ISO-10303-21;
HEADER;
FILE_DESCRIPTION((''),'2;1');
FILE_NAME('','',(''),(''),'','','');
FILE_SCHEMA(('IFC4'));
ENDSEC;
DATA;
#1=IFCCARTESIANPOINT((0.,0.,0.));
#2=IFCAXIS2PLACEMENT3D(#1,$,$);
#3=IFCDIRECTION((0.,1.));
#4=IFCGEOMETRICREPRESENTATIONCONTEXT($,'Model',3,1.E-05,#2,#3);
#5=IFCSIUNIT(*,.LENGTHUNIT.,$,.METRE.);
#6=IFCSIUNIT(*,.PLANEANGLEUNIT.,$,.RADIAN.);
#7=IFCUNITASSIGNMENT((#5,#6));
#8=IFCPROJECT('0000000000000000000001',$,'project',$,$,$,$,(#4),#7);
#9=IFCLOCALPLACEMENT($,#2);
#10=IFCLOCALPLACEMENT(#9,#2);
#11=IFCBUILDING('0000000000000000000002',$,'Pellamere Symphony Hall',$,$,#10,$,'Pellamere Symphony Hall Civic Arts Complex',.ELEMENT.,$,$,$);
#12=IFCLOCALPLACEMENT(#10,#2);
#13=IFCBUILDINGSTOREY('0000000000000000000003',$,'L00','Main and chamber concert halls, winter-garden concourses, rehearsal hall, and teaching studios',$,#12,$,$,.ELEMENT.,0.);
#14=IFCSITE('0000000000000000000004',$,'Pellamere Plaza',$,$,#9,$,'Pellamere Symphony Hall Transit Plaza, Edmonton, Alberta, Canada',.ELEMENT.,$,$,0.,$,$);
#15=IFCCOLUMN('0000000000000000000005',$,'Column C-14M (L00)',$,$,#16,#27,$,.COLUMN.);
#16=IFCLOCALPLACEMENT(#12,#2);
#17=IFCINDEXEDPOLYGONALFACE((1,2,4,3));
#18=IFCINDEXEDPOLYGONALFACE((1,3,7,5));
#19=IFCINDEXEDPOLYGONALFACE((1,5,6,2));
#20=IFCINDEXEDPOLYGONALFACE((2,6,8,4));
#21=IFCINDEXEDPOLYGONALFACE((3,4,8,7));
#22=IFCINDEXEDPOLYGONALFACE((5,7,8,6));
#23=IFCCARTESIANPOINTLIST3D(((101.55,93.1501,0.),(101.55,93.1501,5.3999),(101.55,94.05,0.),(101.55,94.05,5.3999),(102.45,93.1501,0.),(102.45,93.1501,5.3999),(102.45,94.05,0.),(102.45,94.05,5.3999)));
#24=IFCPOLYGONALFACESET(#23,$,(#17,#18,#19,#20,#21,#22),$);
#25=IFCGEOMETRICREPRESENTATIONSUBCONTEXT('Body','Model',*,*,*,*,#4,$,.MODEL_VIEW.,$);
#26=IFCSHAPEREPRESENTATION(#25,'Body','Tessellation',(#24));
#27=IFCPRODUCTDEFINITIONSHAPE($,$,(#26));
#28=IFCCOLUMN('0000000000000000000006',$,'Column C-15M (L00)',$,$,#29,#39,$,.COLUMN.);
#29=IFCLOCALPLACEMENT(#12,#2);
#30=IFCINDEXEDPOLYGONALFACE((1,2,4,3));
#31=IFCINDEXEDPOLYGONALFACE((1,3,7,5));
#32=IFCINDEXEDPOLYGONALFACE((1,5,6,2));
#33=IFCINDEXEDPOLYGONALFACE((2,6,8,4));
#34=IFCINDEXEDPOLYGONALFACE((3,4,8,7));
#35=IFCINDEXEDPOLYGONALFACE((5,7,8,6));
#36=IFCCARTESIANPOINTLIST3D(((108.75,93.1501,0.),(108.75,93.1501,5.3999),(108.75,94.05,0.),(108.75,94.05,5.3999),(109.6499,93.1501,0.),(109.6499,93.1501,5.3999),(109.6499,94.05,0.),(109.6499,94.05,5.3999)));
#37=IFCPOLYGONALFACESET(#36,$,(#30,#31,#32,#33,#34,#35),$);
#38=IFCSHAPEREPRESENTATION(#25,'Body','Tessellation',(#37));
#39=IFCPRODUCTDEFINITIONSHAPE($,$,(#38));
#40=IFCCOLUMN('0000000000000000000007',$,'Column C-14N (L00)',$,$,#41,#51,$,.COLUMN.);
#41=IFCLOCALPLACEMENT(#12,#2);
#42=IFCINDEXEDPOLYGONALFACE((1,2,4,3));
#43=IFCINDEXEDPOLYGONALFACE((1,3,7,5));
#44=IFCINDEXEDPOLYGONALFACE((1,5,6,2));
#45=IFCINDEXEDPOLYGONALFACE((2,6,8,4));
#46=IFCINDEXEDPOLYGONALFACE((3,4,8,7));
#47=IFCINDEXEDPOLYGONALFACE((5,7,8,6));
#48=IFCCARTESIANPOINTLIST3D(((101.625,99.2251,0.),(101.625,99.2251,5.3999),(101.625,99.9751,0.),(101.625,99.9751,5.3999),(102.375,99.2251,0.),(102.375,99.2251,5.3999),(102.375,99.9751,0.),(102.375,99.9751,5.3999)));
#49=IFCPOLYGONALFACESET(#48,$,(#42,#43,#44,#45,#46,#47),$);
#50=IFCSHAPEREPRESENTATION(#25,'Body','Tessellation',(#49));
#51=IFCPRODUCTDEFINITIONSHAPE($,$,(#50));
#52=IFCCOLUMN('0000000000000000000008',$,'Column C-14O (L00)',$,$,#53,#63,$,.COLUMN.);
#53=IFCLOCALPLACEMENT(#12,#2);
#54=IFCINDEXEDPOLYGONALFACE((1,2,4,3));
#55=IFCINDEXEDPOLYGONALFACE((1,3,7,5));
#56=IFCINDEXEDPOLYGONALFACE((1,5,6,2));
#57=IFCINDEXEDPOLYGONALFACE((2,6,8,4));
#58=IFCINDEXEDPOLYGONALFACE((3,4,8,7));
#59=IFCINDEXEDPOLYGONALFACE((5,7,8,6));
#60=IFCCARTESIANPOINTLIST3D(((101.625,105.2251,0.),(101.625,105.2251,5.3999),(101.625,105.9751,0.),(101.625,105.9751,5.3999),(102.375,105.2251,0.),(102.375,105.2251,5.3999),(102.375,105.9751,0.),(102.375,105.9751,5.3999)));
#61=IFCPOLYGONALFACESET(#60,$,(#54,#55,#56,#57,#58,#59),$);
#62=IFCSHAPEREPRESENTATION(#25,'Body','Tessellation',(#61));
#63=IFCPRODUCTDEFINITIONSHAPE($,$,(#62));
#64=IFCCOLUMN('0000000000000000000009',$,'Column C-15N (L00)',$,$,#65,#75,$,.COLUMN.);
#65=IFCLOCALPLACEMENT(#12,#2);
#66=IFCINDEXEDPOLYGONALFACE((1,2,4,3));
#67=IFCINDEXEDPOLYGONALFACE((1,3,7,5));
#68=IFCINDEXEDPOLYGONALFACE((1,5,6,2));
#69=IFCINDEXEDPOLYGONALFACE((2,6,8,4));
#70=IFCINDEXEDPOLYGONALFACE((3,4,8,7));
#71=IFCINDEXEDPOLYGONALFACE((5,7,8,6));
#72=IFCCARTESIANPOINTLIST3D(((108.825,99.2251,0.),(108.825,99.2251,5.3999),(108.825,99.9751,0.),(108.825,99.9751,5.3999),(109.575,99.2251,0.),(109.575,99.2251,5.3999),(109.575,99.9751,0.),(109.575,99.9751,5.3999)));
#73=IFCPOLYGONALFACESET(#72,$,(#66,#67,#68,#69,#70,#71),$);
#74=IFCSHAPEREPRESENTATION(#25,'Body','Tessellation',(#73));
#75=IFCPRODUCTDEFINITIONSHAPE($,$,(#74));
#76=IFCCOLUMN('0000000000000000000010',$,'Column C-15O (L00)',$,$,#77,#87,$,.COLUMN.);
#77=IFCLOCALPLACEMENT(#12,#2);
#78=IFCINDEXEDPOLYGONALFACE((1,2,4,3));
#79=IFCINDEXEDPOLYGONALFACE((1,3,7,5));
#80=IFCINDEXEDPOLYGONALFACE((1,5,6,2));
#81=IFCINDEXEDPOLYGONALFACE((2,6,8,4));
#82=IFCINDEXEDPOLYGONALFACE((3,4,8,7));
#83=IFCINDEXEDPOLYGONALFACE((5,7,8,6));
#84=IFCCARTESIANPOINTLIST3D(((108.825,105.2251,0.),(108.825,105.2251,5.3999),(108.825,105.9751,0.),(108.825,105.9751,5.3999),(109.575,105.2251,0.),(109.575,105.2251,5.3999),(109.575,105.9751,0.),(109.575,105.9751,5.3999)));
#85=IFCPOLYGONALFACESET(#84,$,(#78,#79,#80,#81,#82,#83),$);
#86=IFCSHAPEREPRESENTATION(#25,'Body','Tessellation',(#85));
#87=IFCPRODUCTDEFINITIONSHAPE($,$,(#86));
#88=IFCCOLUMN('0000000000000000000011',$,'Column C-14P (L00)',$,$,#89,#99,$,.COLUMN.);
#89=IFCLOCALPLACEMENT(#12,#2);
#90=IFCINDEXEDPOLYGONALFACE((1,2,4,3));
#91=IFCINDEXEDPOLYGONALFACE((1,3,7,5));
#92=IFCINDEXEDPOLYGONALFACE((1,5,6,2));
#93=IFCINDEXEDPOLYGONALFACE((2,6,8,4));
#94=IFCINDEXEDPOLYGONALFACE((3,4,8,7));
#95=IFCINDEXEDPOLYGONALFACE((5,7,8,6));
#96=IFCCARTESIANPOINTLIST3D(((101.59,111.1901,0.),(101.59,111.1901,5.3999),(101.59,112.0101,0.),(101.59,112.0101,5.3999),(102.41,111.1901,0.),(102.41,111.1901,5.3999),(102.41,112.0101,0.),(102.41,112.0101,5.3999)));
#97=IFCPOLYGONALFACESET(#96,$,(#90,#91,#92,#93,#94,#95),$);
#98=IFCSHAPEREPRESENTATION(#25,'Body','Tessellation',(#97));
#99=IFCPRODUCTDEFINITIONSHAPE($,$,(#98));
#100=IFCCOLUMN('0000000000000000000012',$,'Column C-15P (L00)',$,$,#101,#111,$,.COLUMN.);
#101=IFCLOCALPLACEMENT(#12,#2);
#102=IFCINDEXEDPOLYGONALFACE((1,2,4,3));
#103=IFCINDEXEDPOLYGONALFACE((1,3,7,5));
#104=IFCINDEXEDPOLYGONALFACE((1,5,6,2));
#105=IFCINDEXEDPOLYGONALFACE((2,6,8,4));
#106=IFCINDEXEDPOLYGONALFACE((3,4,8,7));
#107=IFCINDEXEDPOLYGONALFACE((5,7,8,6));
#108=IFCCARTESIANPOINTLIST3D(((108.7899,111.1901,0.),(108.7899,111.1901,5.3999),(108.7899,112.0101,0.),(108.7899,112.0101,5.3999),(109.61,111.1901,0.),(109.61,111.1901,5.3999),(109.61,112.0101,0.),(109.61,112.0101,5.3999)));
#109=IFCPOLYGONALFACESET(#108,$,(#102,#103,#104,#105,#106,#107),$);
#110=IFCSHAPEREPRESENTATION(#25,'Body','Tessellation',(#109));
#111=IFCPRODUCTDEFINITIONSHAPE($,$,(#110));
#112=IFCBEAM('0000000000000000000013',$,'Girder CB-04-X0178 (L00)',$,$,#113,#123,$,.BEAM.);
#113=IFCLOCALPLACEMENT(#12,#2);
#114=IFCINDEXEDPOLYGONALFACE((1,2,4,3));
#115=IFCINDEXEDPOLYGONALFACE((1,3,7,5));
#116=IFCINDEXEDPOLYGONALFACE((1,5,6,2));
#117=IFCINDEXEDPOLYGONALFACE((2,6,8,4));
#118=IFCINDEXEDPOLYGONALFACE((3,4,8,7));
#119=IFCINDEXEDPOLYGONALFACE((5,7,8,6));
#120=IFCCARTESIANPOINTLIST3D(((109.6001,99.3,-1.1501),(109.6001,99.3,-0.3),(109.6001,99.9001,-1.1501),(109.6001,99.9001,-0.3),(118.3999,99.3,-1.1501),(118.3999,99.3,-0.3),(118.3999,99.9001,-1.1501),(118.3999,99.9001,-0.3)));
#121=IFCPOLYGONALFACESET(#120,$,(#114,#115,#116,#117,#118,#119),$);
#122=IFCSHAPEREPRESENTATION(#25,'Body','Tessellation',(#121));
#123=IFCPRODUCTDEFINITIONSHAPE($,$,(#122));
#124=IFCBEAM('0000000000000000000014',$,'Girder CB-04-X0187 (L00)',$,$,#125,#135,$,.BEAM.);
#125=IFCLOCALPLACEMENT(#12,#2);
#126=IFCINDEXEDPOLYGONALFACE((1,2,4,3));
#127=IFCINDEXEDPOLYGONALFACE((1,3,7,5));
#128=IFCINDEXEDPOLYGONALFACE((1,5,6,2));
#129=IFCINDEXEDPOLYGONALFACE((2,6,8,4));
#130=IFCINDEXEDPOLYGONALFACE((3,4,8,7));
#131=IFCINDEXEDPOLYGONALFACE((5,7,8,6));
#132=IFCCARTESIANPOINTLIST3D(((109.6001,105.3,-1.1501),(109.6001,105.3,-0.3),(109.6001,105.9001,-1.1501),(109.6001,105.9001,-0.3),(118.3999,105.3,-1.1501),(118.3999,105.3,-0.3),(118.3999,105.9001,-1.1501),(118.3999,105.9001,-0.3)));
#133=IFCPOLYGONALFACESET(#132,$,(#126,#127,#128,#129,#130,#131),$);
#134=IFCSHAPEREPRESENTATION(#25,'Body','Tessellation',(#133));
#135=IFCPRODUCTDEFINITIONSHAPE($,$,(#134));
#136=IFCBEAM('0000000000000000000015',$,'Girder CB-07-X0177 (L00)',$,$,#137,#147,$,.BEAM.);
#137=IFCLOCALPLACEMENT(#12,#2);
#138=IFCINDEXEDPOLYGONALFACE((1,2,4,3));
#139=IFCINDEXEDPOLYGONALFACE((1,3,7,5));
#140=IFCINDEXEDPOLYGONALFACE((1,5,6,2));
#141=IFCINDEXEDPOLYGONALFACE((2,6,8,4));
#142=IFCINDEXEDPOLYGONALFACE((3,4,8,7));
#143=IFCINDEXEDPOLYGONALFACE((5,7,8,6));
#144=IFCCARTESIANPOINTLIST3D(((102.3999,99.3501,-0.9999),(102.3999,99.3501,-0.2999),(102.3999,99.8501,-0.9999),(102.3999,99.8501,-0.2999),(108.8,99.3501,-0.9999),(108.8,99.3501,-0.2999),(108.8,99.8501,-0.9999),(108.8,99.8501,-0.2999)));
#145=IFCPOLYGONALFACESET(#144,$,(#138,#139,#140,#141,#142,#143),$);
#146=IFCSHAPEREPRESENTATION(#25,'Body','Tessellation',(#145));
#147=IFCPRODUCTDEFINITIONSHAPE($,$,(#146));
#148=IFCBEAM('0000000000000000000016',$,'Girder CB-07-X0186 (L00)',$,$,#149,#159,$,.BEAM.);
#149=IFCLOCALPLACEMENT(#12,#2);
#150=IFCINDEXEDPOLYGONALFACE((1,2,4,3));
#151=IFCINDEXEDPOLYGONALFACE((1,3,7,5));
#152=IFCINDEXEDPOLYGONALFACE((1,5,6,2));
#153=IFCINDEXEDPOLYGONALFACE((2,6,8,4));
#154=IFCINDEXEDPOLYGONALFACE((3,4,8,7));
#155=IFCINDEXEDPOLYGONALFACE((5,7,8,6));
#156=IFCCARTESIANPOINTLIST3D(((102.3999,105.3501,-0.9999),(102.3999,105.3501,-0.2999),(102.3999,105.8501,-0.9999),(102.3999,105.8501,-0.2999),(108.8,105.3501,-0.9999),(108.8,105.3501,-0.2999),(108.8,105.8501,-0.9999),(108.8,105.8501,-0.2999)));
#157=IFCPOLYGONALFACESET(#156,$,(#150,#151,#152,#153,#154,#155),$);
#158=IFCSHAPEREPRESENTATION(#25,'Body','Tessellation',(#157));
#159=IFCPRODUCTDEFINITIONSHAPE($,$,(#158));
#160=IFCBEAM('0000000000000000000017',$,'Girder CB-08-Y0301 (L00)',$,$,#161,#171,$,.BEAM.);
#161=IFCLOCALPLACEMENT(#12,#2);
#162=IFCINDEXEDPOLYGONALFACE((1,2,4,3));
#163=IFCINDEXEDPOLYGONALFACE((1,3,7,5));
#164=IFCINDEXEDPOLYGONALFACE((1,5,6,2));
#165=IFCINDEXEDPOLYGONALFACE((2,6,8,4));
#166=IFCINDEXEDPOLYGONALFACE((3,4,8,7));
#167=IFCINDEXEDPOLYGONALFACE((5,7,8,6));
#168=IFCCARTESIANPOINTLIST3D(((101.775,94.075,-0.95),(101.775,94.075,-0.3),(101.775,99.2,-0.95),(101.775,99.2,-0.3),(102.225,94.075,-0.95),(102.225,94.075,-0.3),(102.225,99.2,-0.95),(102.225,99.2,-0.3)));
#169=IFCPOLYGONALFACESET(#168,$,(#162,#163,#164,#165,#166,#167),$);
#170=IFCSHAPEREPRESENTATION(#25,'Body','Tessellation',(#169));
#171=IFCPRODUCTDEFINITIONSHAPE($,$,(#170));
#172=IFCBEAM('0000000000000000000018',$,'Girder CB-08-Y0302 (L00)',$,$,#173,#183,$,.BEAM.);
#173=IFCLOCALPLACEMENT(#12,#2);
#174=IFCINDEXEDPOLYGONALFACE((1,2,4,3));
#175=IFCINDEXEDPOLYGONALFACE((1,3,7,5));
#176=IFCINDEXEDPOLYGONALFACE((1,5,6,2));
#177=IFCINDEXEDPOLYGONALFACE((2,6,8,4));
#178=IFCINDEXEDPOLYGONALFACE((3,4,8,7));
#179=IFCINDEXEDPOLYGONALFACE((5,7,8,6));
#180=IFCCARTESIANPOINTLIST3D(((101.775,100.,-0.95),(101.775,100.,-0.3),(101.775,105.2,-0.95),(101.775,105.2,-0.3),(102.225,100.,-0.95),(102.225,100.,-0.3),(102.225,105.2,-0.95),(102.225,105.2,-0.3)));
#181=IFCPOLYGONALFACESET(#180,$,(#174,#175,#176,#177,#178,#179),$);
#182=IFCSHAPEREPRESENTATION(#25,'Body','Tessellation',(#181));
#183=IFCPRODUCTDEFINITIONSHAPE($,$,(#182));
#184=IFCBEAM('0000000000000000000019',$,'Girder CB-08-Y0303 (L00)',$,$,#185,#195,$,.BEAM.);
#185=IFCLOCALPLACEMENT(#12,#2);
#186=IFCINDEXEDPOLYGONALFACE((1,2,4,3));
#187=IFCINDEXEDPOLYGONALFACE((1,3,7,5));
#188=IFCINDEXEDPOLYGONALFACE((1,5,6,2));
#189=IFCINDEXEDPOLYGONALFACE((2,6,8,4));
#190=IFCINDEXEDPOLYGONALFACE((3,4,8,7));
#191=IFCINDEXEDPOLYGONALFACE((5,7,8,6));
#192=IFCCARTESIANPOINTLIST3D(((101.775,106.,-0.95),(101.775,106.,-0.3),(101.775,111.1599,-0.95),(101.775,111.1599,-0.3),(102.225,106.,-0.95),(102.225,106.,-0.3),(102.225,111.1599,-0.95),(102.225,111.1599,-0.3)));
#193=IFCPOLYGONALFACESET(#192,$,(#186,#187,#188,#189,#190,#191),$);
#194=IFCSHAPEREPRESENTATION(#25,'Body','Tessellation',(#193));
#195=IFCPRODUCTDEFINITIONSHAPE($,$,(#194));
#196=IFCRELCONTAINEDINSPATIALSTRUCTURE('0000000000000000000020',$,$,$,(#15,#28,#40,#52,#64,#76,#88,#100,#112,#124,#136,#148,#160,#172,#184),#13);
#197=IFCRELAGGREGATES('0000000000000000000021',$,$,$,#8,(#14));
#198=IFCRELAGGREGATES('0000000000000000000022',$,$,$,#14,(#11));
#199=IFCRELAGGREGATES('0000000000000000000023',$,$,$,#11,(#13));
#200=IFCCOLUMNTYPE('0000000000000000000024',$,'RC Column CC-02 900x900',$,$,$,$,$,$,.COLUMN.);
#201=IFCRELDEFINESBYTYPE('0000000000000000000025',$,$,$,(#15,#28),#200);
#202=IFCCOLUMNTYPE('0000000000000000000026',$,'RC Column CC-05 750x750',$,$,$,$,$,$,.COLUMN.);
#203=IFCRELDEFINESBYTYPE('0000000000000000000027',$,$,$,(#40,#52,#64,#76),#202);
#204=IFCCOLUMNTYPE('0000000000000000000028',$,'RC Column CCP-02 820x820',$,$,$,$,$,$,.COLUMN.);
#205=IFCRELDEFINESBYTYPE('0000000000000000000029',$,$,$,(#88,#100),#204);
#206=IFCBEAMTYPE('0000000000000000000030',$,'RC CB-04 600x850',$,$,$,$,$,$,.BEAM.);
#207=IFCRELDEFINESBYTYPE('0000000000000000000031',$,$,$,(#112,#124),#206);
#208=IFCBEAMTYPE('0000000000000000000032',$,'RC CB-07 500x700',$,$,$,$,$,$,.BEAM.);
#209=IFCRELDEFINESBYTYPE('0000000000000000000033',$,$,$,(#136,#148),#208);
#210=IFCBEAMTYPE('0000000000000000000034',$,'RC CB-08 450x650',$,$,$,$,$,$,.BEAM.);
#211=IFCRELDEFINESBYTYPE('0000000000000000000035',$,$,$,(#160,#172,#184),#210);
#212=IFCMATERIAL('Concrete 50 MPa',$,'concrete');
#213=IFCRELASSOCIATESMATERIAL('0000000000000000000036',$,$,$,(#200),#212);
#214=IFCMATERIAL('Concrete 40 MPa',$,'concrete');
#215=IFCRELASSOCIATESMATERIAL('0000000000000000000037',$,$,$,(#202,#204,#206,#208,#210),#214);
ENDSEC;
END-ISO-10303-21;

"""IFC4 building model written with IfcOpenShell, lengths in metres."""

from ifc_helpers import new_model, si_unit, direction, frame, origin, origin_2d, place, context, subcontext, project, spatial, rectangle, extrude, material, material_profile, profile_set, type_object, element, save


model = new_model("IFC4")

# Units and contexts
model_context = context("Model", 3, precision=1e-05, world=origin(), true_north=direction((0.0, 1.0)))
body_context = subcontext(model_context, "Body", "Model", "MODEL_VIEW")
ifc_project = project(units=[si_unit("LENGTHUNIT", "METRE"), si_unit("PLANEANGLEUNIT", "RADIAN")], contexts=[model_context])

# Site, building, storey
site_placement = place(None, origin())
site = spatial("IfcSite", under=ifc_project, at=site_placement, Name="Pellamere Plaza", LongName="Pellamere Symphony Hall Transit Plaza, Edmonton, Alberta, Canada", CompositionType="ELEMENT", RefElevation=0.0)
building_placement = place(site_placement, origin())
building = spatial("IfcBuilding", under=site, at=building_placement, Name="Pellamere Symphony Hall", LongName="Pellamere Symphony Hall Civic Arts Complex", CompositionType="ELEMENT")
storey_placement = place(building_placement, origin())
storey = spatial("IfcBuildingStorey", under=building, at=storey_placement, Name="L00", Description="Main and chamber concert halls, winter-garden concourses, rehearsal hall, and teaching studios", CompositionType="ELEMENT", Elevation=0.0)

# Columns
ifc_material_1 = material(Name="Concrete 50 MPa", Category="concrete")
ifc_material_profile_1 = material_profile(ifc_material_1, rectangle(XDim=0.8999, YDim=0.8999, at=origin_2d()), Name="RC 900x900")
ifc_profile_set_1 = profile_set([ifc_material_profile_1], Name="Concrete 50 MPa")
column_type_1 = type_object("IfcColumnType", Name="RC Column CC-02 900x900", PredefinedType="COLUMN", material=ifc_profile_set_1)
for number, where, z_axis, x_axis, name in (
    (1, (102.0, 93.6001, 0.0), (0.0, 0.0, 1.0), (1.0, 0.0, 0.0), "Column C-14M (L00)"),
    (2, (109.2, 93.6001, 0.0), (0.0, 0.0, 1.0), (1.0, 0.0, 0.0), "Column C-15M (L00)"),
):
    element("IfcColumn", number, at=place(storey_placement, frame(where, z_axis=z_axis, x_axis=x_axis)), inside=storey, type_object=column_type_1, Name=name, PredefinedType="COLUMN", context=body_context, shape_type="SweptSolid", body=[
        extrude(rectangle(XDim=0.8999, YDim=0.8999, at=origin_2d()), origin(), (0.0, 0.0, 1.0), 5.3999),
    ])
ifc_material_2 = material(Name="Concrete 40 MPa", Category="concrete")
ifc_material_profile_2 = material_profile(ifc_material_2, rectangle(XDim=0.75, YDim=0.75, at=origin_2d()), Name="RC 750x750")
ifc_profile_set_2 = profile_set([ifc_material_profile_2], Name="Concrete 40 MPa")
column_type_2 = type_object("IfcColumnType", Name="RC Column CC-05 750x750", PredefinedType="COLUMN", material=ifc_profile_set_2)
for number, where, z_axis, x_axis, name in (
    (3, (102.0, 99.6001, 0.0), (0.0, 0.0, 1.0), (1.0, 0.0, 0.0), "Column C-14N (L00)"),
    (4, (102.0, 105.6001, 0.0), (0.0, 0.0, 1.0), (1.0, 0.0, 0.0), "Column C-14O (L00)"),
    (5, (109.2, 99.6001, 0.0), (0.0, 0.0, 1.0), (1.0, 0.0, 0.0), "Column C-15N (L00)"),
    (6, (109.2, 105.6001, 0.0), (0.0, 0.0, 1.0), (1.0, 0.0, 0.0), "Column C-15O (L00)"),
):
    element("IfcColumn", number, at=place(storey_placement, frame(where, z_axis=z_axis, x_axis=x_axis)), inside=storey, type_object=column_type_2, Name=name, PredefinedType="COLUMN", context=body_context, shape_type="SweptSolid", body=[
        extrude(rectangle(XDim=0.75, YDim=0.75, at=origin_2d()), origin(), (0.0, 0.0, 1.0), 5.3999),
    ])
ifc_material_profile_3 = material_profile(ifc_material_2, rectangle(XDim=0.8201, YDim=0.8201, at=origin_2d()), Name="RC 820x820")
ifc_profile_set_3 = profile_set([ifc_material_profile_3], Name="Concrete 40 MPa")
column_type_3 = type_object("IfcColumnType", Name="RC Column CCP-02 820x820", PredefinedType="COLUMN", material=ifc_profile_set_3)
for number, where, z_axis, x_axis, name in (
    (7, (102.0, 111.6001, 0.0), (0.0, 0.0, 1.0), (1.0, 0.0, 0.0), "Column C-14P (L00)"),
    (8, (109.2, 111.6001, 0.0), (0.0, 0.0, 1.0), (1.0, 0.0, 0.0), "Column C-15P (L00)"),
):
    element("IfcColumn", number, at=place(storey_placement, frame(where, z_axis=z_axis, x_axis=x_axis)), inside=storey, type_object=column_type_3, Name=name, PredefinedType="COLUMN", context=body_context, shape_type="SweptSolid", body=[
        extrude(rectangle(XDim=0.8201, YDim=0.8201, at=origin_2d()), origin(), (0.0, 0.0, 1.0), 5.3999),
    ])

# Beams
ifc_material_profile_4 = material_profile(ifc_material_2, rectangle(XDim=0.6001, YDim=0.8501, at=origin_2d()), Name="RC 600x850")
ifc_profile_set_4 = profile_set([ifc_material_profile_4], Name="Concrete 40 MPa")
beam_type_1 = type_object("IfcBeamType", Name="RC CB-04 600x850", PredefinedType="BEAM", material=ifc_profile_set_4)
for number, where, z_axis, x_axis, name in (
    (9, (109.6001, 99.6001, -0.7251), (1.0, 0.0, 0.0), (0.0, 1.0, 0.0), "Girder CB-04-X0178 (L00)"),
    (10, (109.6001, 105.6001, -0.7251), (1.0, 0.0, 0.0), (0.0, 1.0, 0.0), "Girder CB-04-X0187 (L00)"),
):
    element("IfcBeam", number, at=place(storey_placement, frame(where, z_axis=z_axis, x_axis=x_axis)), inside=storey, type_object=beam_type_1, Name=name, PredefinedType="BEAM", context=body_context, shape_type="SweptSolid", body=[
        extrude(rectangle(XDim=0.6001, YDim=0.8501, at=origin_2d()), origin(), (0.0, 0.0, 1.0), 8.7998),
    ])
ifc_material_profile_5 = material_profile(ifc_material_2, rectangle(XDim=0.5, YDim=0.7, at=origin_2d()), Name="RC 500x700")
ifc_profile_set_5 = profile_set([ifc_material_profile_5], Name="Concrete 40 MPa")
beam_type_2 = type_object("IfcBeamType", Name="RC CB-07 500x700", PredefinedType="BEAM", material=ifc_profile_set_5)
for number, where, z_axis, x_axis, name in (
    (11, (102.3999, 99.6001, -0.6499), (1.0, 0.0, 0.0), (0.0, 1.0, 0.0), "Girder CB-07-X0177 (L00)"),
    (12, (102.3999, 105.6001, -0.6499), (1.0, 0.0, 0.0), (0.0, 1.0, 0.0), "Girder CB-07-X0186 (L00)"),
):
    element("IfcBeam", number, at=place(storey_placement, frame(where, z_axis=z_axis, x_axis=x_axis)), inside=storey, type_object=beam_type_2, Name=name, PredefinedType="BEAM", context=body_context, shape_type="SweptSolid", body=[
        extrude(rectangle(XDim=0.5, YDim=0.7, at=origin_2d()), origin(), (0.0, 0.0, 1.0), 6.4001),
    ])
ifc_material_profile_6 = material_profile(ifc_material_2, rectangle(XDim=0.45, YDim=0.6499, at=origin_2d()), Name="RC 450x650")
ifc_profile_set_6 = profile_set([ifc_material_profile_6], Name="Concrete 40 MPa")
beam_type_3 = type_object("IfcBeamType", Name="RC CB-08 450x650", PredefinedType="BEAM", material=ifc_profile_set_6)
beam_1_placement = place(storey_placement, frame((102.0, 94.075, -0.625), z_axis=(0.0, 1.0, 0.0), x_axis=(-1.0, 0.0, 0.0)))
element("IfcBeam", 13, at=beam_1_placement, inside=storey, type_object=beam_type_3, Name="Girder CB-08-Y0301 (L00)", PredefinedType="BEAM", context=body_context, shape_type="SweptSolid", body=[
    extrude(rectangle(XDim=0.45, YDim=0.6499, at=origin_2d()), origin(), (0.0, 0.0, 1.0), 5.125),
])
beam_2_placement = place(storey_placement, frame((102.0, 100.0, -0.625), z_axis=(0.0, 1.0, 0.0), x_axis=(-1.0, 0.0, 0.0)))
element("IfcBeam", 14, at=beam_2_placement, inside=storey, type_object=beam_type_3, Name="Girder CB-08-Y0302 (L00)", PredefinedType="BEAM", context=body_context, shape_type="SweptSolid", body=[
    extrude(rectangle(XDim=0.45, YDim=0.6499, at=origin_2d()), origin(), (0.0, 0.0, 1.0), 5.2),
])
beam_3_placement = place(storey_placement, frame((102.0, 106.0, -0.625), z_axis=(0.0, 1.0, 0.0), x_axis=(-1.0, 0.0, 0.0)))
element("IfcBeam", 15, at=beam_3_placement, inside=storey, type_object=beam_type_3, Name="Girder CB-08-Y0303 (L00)", PredefinedType="BEAM", context=body_context, shape_type="SweptSolid", body=[
    extrude(rectangle(XDim=0.45, YDim=0.6499, at=origin_2d()), origin(), (0.0, 0.0, 1.0), 5.1599),
])

save(model, "model.ifc")
